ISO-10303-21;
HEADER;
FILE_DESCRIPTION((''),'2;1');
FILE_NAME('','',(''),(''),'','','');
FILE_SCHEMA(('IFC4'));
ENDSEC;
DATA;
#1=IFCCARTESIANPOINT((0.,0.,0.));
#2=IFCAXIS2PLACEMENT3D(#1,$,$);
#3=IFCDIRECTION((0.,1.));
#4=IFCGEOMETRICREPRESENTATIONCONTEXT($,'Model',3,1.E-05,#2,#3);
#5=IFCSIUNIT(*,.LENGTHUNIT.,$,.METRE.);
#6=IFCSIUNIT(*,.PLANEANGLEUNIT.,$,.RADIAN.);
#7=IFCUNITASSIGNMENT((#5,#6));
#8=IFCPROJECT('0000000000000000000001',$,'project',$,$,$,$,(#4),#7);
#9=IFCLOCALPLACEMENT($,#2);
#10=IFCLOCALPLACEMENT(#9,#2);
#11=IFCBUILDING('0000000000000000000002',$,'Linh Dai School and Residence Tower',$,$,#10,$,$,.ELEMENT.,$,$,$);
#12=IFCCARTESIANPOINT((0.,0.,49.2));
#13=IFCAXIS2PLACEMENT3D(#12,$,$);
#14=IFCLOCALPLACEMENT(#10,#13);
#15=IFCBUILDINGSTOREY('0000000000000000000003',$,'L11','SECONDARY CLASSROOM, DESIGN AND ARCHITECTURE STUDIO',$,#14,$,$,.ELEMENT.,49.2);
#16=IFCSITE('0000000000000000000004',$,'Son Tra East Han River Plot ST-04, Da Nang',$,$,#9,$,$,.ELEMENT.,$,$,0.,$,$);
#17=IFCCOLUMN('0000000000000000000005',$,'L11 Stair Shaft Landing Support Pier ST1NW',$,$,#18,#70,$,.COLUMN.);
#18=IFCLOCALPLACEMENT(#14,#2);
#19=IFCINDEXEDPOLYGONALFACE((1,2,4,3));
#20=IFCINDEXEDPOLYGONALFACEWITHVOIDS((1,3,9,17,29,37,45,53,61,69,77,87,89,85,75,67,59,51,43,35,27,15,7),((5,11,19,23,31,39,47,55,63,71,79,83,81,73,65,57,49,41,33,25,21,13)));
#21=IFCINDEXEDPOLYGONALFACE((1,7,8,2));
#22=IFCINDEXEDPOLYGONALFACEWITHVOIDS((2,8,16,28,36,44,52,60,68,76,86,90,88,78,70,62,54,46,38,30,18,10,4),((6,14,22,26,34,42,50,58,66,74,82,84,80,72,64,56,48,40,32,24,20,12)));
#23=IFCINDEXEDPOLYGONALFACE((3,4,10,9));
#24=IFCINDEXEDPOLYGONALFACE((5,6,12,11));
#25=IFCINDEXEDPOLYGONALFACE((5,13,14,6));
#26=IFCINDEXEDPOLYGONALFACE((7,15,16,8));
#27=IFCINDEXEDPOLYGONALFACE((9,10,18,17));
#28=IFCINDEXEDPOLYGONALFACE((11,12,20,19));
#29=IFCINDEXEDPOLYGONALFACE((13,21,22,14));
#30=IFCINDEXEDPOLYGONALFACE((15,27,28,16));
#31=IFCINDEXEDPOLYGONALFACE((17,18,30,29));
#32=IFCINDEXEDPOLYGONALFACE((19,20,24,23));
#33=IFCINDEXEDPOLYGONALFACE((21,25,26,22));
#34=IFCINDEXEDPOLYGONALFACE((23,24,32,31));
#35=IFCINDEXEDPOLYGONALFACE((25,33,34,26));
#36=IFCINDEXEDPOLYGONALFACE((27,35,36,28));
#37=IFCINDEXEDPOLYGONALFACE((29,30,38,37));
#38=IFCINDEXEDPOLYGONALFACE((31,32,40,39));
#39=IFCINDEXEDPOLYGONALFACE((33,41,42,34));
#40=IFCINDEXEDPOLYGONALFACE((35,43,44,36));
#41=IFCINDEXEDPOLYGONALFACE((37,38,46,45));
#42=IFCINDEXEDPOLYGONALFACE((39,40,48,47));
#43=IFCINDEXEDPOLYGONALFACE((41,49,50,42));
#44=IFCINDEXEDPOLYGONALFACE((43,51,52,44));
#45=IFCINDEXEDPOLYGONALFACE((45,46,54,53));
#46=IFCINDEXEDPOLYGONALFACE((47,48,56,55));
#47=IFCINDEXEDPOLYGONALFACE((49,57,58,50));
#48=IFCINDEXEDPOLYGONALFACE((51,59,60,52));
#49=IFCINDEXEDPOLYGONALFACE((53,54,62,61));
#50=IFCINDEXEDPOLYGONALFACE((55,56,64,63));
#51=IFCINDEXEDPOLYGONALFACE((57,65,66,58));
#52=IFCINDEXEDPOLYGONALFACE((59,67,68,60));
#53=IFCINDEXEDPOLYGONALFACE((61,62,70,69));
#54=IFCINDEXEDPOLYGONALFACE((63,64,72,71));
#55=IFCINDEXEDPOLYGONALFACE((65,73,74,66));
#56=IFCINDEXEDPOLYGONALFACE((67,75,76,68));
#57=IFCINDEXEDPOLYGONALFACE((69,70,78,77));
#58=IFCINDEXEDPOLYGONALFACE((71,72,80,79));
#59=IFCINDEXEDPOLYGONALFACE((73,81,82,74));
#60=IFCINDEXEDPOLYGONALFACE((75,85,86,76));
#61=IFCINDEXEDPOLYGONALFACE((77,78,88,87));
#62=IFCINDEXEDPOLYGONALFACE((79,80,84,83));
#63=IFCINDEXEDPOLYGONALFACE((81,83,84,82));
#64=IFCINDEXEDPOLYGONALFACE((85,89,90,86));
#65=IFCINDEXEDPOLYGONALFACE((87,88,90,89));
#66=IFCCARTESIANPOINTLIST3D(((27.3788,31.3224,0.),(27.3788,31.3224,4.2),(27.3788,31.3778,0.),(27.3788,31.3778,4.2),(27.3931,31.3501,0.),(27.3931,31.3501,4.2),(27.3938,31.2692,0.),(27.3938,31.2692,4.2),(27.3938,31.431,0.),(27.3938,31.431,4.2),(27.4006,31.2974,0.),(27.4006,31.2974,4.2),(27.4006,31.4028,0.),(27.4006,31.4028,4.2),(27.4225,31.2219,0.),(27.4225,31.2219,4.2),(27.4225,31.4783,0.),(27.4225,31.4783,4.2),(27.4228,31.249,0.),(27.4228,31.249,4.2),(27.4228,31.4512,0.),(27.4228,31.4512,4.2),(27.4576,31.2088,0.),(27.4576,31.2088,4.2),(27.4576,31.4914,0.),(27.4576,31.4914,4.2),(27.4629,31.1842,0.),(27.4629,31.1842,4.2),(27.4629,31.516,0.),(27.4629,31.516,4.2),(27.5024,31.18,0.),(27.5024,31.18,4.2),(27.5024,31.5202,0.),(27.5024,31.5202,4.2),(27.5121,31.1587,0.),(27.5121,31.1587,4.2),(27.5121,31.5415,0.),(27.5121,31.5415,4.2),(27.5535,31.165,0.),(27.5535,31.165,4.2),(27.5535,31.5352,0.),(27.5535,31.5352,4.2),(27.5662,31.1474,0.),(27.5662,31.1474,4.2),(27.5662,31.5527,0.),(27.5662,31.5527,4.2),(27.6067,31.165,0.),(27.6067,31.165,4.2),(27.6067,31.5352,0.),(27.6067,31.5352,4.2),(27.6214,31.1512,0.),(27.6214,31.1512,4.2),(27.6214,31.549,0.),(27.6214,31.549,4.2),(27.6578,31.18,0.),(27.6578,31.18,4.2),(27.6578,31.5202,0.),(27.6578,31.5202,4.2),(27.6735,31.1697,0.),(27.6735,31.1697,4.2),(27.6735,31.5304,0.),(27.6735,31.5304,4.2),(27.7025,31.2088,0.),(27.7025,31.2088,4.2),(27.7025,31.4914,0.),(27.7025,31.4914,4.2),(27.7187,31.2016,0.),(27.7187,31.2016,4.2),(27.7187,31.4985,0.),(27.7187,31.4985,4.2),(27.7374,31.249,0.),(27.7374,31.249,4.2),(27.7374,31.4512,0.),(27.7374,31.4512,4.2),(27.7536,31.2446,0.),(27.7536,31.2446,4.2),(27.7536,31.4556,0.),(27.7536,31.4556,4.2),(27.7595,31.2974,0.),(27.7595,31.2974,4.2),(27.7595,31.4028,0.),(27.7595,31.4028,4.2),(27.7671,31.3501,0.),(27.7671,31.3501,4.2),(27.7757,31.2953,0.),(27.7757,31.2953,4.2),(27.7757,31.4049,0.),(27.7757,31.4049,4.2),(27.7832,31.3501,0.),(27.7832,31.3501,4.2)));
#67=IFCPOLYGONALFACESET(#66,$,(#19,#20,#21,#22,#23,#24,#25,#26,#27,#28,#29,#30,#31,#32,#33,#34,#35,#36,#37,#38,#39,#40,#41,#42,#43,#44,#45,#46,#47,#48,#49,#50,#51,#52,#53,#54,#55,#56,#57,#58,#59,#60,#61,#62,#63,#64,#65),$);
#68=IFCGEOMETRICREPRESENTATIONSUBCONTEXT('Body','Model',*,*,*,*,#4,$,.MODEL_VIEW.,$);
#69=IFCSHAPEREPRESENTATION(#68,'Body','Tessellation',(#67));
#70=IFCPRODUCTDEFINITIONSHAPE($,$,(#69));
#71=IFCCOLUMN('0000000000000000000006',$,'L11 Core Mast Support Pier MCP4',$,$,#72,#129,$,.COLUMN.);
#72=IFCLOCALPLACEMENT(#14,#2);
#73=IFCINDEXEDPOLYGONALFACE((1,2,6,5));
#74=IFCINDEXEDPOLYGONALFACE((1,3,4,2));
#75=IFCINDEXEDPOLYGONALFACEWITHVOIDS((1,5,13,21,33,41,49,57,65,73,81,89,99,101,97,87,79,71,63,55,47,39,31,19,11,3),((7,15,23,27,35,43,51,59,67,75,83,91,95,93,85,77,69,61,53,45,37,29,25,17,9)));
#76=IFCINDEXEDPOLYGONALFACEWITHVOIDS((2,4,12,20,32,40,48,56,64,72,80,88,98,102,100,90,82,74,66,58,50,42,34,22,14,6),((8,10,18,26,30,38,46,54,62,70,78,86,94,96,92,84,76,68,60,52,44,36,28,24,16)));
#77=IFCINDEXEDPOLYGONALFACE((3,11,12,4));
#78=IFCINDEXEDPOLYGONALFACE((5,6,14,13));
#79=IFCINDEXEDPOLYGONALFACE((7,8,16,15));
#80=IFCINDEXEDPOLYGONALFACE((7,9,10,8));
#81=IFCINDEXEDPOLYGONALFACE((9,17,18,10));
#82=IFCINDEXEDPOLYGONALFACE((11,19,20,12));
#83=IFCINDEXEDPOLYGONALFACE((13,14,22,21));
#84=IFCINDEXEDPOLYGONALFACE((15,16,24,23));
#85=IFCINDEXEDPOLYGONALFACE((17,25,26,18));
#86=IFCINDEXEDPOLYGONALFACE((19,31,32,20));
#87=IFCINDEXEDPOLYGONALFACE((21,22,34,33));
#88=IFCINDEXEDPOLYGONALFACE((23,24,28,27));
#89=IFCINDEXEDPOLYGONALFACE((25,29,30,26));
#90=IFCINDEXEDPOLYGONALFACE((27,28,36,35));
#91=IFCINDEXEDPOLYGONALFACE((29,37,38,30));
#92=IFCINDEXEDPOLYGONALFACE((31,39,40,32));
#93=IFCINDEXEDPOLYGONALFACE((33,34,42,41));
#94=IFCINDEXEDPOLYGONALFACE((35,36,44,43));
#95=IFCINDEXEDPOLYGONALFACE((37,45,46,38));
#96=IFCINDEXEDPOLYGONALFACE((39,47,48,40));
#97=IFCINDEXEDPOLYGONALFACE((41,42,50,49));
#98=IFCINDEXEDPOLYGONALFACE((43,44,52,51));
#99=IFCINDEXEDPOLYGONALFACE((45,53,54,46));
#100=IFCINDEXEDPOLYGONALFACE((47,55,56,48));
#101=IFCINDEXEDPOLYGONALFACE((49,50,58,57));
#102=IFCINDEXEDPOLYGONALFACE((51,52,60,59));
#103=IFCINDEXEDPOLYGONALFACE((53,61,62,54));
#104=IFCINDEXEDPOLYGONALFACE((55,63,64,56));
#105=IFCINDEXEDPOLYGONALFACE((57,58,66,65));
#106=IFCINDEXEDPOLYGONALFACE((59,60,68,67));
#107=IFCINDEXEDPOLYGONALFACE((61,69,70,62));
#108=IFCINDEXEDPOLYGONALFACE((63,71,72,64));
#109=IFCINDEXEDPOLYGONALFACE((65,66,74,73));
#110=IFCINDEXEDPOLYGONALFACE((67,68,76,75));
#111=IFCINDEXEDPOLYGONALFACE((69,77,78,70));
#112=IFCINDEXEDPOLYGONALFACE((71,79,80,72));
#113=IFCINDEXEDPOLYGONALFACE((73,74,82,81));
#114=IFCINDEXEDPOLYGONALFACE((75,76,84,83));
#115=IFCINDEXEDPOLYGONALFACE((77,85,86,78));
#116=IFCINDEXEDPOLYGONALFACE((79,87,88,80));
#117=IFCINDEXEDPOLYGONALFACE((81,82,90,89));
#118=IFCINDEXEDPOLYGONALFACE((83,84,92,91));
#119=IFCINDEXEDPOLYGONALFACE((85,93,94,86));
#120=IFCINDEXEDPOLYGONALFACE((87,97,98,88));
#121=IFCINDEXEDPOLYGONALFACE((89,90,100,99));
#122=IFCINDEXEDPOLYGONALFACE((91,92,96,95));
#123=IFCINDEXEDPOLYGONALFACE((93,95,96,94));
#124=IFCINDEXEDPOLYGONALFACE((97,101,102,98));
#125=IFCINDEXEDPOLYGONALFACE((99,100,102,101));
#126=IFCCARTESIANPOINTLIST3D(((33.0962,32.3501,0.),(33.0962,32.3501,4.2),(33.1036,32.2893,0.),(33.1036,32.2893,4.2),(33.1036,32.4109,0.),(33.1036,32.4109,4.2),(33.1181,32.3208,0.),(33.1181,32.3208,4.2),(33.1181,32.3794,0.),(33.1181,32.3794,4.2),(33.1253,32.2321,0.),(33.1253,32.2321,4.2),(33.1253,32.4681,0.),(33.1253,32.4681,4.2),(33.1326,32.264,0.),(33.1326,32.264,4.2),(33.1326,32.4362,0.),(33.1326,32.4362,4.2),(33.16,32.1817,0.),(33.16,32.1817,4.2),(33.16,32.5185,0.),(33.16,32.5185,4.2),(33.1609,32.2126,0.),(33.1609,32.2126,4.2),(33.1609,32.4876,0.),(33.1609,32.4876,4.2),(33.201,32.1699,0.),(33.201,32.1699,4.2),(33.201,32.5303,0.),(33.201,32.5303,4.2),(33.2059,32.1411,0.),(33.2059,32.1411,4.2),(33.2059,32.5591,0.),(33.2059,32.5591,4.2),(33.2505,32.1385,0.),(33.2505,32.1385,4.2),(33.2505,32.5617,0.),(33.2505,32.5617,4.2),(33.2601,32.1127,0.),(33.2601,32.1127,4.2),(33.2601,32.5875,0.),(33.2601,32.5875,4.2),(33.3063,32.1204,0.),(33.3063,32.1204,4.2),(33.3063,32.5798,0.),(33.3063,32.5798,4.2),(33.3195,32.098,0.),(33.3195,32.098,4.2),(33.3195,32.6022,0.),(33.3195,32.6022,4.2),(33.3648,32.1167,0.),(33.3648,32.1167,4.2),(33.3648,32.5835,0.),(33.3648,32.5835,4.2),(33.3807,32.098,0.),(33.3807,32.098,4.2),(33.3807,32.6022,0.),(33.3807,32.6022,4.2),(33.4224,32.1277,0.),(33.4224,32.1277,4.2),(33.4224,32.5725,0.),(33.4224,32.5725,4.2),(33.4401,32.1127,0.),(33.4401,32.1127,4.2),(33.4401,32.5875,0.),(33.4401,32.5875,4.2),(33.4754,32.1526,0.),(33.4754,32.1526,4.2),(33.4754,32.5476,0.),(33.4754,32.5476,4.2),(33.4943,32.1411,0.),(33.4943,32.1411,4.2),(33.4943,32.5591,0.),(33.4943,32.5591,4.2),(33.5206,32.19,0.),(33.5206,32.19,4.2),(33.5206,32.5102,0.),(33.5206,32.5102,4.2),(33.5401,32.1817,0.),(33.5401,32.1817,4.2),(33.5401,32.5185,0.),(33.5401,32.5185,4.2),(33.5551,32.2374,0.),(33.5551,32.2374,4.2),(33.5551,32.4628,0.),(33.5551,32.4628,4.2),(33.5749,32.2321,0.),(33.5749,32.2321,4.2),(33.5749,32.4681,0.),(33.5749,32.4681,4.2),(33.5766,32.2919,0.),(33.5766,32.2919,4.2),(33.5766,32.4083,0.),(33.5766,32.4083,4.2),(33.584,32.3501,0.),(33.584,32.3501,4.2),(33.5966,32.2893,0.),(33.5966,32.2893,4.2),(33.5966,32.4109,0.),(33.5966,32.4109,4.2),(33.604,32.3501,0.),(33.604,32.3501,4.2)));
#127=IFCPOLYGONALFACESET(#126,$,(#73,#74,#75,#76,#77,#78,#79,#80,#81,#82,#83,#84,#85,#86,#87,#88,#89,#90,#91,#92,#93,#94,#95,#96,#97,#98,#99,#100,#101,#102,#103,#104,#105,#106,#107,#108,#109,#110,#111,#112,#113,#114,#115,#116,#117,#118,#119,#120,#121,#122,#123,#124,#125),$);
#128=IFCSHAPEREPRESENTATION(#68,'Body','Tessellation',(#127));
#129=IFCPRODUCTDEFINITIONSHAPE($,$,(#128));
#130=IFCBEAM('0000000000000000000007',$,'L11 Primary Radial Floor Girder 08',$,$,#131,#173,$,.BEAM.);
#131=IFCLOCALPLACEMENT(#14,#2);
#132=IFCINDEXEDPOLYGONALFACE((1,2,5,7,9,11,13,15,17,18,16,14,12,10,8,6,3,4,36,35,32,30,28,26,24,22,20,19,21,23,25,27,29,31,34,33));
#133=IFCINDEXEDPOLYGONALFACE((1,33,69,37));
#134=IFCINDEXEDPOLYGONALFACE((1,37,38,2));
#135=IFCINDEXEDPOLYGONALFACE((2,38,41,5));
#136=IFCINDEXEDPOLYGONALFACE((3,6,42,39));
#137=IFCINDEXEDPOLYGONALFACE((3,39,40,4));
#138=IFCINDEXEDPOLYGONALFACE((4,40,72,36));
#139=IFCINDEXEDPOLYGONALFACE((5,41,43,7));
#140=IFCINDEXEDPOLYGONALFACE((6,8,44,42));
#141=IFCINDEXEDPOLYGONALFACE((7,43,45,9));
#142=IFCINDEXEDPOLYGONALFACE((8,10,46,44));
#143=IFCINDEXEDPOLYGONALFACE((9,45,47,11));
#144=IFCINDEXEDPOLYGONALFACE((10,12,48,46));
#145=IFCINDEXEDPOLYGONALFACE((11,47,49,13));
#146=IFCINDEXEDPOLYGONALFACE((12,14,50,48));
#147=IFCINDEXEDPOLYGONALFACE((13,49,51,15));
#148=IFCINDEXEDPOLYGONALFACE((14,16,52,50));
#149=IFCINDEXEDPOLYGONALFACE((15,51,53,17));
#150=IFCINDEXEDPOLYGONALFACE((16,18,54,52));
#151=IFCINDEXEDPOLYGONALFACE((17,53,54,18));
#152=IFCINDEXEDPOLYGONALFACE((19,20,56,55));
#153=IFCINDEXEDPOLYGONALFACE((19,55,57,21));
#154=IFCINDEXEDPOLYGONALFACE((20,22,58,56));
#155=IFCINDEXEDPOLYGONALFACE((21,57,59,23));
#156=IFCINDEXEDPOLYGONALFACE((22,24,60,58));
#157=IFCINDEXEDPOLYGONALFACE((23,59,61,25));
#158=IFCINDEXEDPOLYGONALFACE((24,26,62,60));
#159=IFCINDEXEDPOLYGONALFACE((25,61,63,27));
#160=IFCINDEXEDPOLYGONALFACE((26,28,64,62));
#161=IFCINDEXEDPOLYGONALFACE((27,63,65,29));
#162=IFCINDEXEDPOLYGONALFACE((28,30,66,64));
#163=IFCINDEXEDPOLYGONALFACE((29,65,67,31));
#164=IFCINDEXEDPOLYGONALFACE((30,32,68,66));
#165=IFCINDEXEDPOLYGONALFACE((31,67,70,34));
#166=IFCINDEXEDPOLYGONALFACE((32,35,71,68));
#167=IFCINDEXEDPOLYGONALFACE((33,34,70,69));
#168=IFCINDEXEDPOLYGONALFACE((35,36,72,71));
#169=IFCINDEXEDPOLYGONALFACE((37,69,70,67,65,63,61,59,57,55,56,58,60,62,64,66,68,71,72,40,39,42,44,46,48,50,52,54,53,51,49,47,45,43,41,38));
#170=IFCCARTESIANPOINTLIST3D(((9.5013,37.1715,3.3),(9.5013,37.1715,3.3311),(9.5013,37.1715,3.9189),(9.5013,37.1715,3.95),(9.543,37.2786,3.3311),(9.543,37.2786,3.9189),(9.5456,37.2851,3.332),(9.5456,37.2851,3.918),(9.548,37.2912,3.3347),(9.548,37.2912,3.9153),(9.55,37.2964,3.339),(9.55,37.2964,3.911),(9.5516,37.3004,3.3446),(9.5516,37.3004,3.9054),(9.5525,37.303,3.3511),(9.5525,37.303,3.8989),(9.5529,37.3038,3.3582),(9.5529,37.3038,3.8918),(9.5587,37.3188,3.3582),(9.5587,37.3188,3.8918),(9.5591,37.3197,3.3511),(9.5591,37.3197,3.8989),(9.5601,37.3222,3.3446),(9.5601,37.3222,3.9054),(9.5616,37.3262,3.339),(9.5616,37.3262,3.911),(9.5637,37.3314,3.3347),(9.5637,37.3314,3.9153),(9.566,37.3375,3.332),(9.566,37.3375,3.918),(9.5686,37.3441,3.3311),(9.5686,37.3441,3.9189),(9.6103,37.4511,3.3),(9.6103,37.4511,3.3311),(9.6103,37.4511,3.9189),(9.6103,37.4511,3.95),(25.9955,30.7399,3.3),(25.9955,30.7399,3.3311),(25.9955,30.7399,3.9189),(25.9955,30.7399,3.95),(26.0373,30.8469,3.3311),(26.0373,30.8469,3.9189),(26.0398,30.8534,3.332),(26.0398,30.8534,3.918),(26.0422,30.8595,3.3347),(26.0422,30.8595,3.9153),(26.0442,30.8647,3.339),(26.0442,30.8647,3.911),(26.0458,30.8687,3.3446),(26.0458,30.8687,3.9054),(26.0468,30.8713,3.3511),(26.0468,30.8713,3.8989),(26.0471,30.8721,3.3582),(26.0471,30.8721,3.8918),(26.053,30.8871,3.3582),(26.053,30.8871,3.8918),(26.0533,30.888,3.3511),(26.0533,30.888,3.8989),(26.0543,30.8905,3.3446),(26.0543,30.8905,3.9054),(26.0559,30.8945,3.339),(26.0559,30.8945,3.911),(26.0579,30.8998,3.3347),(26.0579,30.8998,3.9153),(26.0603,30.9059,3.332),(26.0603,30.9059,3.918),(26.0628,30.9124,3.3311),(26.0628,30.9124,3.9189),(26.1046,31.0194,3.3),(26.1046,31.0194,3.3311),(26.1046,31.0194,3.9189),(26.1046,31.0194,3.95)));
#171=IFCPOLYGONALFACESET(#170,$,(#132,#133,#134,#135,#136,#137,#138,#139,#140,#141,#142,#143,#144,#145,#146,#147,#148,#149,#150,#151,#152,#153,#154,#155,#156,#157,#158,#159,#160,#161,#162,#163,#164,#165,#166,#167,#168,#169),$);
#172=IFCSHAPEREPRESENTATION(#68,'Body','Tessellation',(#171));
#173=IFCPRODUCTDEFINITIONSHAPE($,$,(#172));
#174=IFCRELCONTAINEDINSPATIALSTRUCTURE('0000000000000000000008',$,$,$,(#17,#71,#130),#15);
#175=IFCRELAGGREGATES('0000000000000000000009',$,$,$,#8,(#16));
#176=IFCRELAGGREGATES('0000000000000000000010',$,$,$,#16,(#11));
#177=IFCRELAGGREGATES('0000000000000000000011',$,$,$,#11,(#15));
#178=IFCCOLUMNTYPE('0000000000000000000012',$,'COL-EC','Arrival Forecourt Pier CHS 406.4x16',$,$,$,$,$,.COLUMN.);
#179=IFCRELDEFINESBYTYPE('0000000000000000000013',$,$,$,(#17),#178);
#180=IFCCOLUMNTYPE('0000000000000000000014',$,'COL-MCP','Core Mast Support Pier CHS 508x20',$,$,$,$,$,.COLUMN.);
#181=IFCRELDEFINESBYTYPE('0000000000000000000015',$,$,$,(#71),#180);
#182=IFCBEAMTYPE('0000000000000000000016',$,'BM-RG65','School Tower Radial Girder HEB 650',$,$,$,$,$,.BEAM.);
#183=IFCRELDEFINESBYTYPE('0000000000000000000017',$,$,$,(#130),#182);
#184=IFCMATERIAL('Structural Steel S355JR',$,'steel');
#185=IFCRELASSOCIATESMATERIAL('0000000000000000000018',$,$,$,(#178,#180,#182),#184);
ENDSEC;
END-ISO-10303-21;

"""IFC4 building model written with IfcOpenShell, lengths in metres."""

from ifc_helpers import new_model, si_unit, direction, frame, origin, origin_2d, place, context, subcontext, project, spatial, hollow_circle, i_section, extrude, material, material_profile, profile_set, type_object, element, save


model = new_model("IFC4")

# Units and contexts
model_context = context("Model", 3, precision=1e-05, world=origin(), true_north=direction((0.0, 1.0)))
body_context = subcontext(model_context, "Body", "Model", "MODEL_VIEW")
ifc_project = project(units=[si_unit("LENGTHUNIT", "METRE"), si_unit("PLANEANGLEUNIT", "RADIAN")], contexts=[model_context])

# Site, building, storey
site_placement = place(None, origin())
site = spatial("IfcSite", under=ifc_project, at=site_placement, Name="Son Tra East Han River Plot ST-04, Da Nang", CompositionType="ELEMENT", RefElevation=0.0)
building_placement = place(site_placement, origin())
building = spatial("IfcBuilding", under=site, at=building_placement, Name="Linh Dai School and Residence Tower", CompositionType="ELEMENT")
storey_placement = place(building_placement, frame((0.0, 0.0, 49.2)))
storey = spatial("IfcBuildingStorey", under=building, at=storey_placement, Name="L11", Description="SECONDARY CLASSROOM, DESIGN AND ARCHITECTURE STUDIO", CompositionType="ELEMENT", Elevation=49.2)

# Columns
ifc_material_1 = material(Name="Structural Steel S355JR", Category="steel")
ifc_material_profile_1 = material_profile(ifc_material_1, hollow_circle(Radius=0.2031, WallThickness=0.0161, at=origin_2d()), Name="CHS 406.4x16")
ifc_profile_set_1 = profile_set([ifc_material_profile_1], Name="Structural Steel S355JR")
column_type_1 = type_object("IfcColumnType", Name="COL-EC", Description="Arrival Forecourt Pier CHS 406.4x16", PredefinedType="COLUMN", material=ifc_profile_set_1)
column_1_placement = place(storey_placement, frame((27.5801, 31.3501, 0.0), z_axis=(0.0, 0.0, 1.0), x_axis=(1.0, 0.0, 0.0)))
element("IfcColumn", 1, at=column_1_placement, inside=storey, type_object=column_type_1, Name="L11 Stair Shaft Landing Support Pier ST1NW", PredefinedType="COLUMN", context=body_context, shape_type="SweptSolid", body=[
    extrude(hollow_circle(Radius=0.2031, WallThickness=0.0161, at=origin_2d()), origin(), (0.0, 0.0, 1.0), 4.2),
])
ifc_material_profile_2 = material_profile(ifc_material_1, hollow_circle(Radius=0.2539, WallThickness=0.02, at=origin_2d()), Name="CHS 508x20")
ifc_profile_set_2 = profile_set([ifc_material_profile_2], Name="Structural Steel S355JR")
column_type_2 = type_object("IfcColumnType", Name="COL-MCP", Description="Core Mast Support Pier CHS 508x20", PredefinedType="COLUMN", material=ifc_profile_set_2)
column_2_placement = place(storey_placement, frame((33.3501, 32.3501, 0.0), z_axis=(0.0, 0.0, 1.0), x_axis=(1.0, 0.0, 0.0)))
element("IfcColumn", 2, at=column_2_placement, inside=storey, type_object=column_type_2, Name="L11 Core Mast Support Pier MCP4", PredefinedType="COLUMN", context=body_context, shape_type="SweptSolid", body=[
    extrude(hollow_circle(Radius=0.2539, WallThickness=0.02, at=origin_2d()), origin(), (0.0, 0.0, 1.0), 4.2),
])

# Beam
ifc_material_profile_3 = material_profile(ifc_material_1, i_section(OverallWidth=0.3, OverallDepth=0.6499, WebThickness=0.0161, FlangeThickness=0.031, FilletRadius=0.0271, at=origin_2d()), Name="HEB 650")
ifc_profile_set_3 = profile_set([ifc_material_profile_3], Name="Structural Steel S355JR")
beam_type_1 = type_object("IfcBeamType", Name="BM-RG65", Description="School Tower Radial Girder HEB 650", PredefinedType="BEAM", material=ifc_profile_set_3)
beam_1_placement = place(storey_placement, frame((26.05, 30.8796, 3.625), z_axis=(-0.931675, 0.363293, 0.0), x_axis=(-0.363293, -0.931675, 0.0)))
element("IfcBeam", 3, at=beam_1_placement, inside=storey, type_object=beam_type_1, Name="L11 Primary Radial Floor Girder 08", PredefinedType="BEAM", context=body_context, shape_type="SweptSolid", body=[
    extrude(i_section(OverallWidth=0.3, OverallDepth=0.6499, WebThickness=0.0161, FlangeThickness=0.031, FilletRadius=0.0271, at=origin_2d()), origin(), (0.0, 0.0, 1.0), 17.7039),
])

save(model, "model.ifc")
